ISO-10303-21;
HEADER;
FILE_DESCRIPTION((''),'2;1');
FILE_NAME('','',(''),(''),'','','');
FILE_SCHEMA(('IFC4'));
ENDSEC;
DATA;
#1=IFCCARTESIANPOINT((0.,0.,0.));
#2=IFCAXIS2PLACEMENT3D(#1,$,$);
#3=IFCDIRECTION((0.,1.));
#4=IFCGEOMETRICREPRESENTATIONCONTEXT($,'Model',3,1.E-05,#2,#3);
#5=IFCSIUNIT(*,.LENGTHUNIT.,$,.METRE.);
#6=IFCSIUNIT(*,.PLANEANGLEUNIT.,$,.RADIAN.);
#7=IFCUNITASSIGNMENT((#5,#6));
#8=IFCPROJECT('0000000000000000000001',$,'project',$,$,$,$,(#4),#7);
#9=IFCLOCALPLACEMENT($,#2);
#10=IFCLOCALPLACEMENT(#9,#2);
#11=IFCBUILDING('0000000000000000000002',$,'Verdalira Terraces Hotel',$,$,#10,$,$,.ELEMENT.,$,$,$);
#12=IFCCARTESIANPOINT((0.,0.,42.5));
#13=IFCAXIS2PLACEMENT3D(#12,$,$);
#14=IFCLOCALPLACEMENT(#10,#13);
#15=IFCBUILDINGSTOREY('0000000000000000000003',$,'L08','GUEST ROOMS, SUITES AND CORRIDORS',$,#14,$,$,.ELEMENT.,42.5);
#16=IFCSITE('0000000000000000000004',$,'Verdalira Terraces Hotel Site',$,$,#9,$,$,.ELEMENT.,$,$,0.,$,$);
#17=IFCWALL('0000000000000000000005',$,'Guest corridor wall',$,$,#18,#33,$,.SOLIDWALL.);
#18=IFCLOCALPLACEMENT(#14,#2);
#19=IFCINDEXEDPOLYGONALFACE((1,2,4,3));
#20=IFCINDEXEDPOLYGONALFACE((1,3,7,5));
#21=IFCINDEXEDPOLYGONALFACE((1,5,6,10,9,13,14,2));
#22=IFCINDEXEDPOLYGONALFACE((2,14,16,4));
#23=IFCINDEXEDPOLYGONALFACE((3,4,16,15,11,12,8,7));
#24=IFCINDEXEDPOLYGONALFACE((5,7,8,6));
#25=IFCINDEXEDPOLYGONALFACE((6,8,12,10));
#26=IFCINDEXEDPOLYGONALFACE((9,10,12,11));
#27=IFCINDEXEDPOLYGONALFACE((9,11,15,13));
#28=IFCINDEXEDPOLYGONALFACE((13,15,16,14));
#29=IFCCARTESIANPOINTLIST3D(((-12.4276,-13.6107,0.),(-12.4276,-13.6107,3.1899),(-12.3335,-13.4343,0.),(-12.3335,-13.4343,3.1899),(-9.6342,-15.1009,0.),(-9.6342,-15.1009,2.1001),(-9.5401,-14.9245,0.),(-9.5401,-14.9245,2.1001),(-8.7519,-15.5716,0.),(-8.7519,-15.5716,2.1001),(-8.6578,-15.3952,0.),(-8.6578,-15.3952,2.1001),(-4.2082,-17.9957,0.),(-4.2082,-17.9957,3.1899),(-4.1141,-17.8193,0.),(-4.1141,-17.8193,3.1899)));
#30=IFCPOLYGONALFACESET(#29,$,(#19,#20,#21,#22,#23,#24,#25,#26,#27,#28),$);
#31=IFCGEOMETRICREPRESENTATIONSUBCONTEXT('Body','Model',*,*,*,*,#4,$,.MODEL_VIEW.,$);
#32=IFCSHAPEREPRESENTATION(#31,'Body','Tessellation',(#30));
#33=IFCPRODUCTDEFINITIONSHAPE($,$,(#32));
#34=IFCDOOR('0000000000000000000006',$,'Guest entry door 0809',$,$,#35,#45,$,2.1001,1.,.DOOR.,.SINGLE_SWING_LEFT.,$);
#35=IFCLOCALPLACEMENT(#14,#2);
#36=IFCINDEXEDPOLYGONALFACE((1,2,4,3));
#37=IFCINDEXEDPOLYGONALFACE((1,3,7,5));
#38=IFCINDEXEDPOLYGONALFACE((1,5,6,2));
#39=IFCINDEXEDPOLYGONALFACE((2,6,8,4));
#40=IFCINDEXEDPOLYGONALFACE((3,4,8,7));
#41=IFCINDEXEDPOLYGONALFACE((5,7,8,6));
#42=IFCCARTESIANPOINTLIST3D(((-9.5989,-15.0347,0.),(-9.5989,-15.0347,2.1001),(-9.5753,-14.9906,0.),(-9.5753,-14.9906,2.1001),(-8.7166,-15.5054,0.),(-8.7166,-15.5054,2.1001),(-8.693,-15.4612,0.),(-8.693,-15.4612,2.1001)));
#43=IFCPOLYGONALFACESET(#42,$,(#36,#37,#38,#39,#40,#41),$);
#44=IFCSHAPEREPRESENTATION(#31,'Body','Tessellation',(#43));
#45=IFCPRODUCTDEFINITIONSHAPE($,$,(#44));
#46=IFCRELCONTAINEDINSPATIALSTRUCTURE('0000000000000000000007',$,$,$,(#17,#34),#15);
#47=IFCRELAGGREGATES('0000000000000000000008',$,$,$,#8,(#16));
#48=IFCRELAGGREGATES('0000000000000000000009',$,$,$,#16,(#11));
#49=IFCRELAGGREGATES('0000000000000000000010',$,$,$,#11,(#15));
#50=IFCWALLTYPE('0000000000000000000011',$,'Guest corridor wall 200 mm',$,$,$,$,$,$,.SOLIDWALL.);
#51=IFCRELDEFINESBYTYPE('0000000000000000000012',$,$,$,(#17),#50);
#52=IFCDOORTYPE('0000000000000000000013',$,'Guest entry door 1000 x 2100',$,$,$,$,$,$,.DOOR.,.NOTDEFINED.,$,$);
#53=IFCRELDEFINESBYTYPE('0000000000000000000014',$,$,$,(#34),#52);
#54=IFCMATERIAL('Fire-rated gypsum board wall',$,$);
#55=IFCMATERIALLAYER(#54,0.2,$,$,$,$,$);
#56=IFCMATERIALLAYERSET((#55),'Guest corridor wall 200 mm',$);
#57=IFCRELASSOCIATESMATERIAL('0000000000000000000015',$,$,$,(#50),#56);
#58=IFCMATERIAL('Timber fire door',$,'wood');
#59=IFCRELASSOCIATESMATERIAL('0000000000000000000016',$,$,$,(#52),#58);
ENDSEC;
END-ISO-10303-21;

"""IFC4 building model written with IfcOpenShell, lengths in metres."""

from ifc_helpers import new_model, si_unit, direction, frame, frame_2d, origin, place, context, subcontext, project, spatial, rectangle, extrude, material, layer, layer_set, type_object, element, fill, save


model = new_model("IFC4")

# Units and contexts
model_context = context("Model", 3, precision=1e-05, world=origin(), true_north=direction((0.0, 1.0)))
body_context = subcontext(model_context, "Body", "Model", "MODEL_VIEW")
ifc_project = project(units=[si_unit("LENGTHUNIT", "METRE"), si_unit("PLANEANGLEUNIT", "RADIAN")], contexts=[model_context])

# Site, building, storey
site_placement = place(None, origin())
site = spatial("IfcSite", under=ifc_project, at=site_placement, Name="Verdalira Terraces Hotel Site", CompositionType="ELEMENT", RefElevation=0.0)
building_placement = place(site_placement, origin())
building = spatial("IfcBuilding", under=site, at=building_placement, Name="Verdalira Terraces Hotel", CompositionType="ELEMENT")
storey_placement = place(building_placement, frame((0.0, 0.0, 42.5)))
storey = spatial("IfcBuildingStorey", under=building, at=storey_placement, Name="L08", Description="GUEST ROOMS, SUITES AND CORRIDORS", CompositionType="ELEMENT", Elevation=42.5)

# Wall, opening, door
ifc_material_1 = material(Name="Fire-rated gypsum board wall")
ifc_layer_1 = layer(ifc_material_1, 0.2)
ifc_layer_set_1 = layer_set([ifc_layer_1], Name="Guest corridor wall 200 mm")
wall_type_1 = type_object("IfcWallType", Name="Guest corridor wall 200 mm", PredefinedType="SOLIDWALL", material=ifc_layer_set_1)
wall_1_placement = place(storey_placement, frame((-4.1611, -17.9075, 0.0), z_axis=(0.0, 0.0, 1.0), x_axis=(-0.882296, 0.470696, 0.0)))
wall_1 = element("IfcWall", 1, at=wall_1_placement, inside=storey, type_object=wall_type_1, Name="Guest corridor wall", PredefinedType="SOLIDWALL", context=body_context, shape_type="SweptSolid", body=[
    extrude(rectangle(XDim=9.3159, YDim=0.2, at=frame_2d((4.658, 0.0))), origin(), (0.0, 0.0, 1.0), 3.1899),
])
opening_1_placement = place(wall_1_placement, frame((5.1499, 0.0, 0.0)))
opening_1 = element("IfcOpeningElement", 2, at=opening_1_placement, cuts=wall_1, PredefinedType="OPENING", context=body_context, shape_type="SweptSolid", body=[
    extrude(rectangle(XDim=1.0, YDim=2.1001, at=frame_2d((0.5, 1.05))), frame((0.0, 0.1099, 0.0), z_axis=(0.0, -1.0, 0.0), x_axis=(1.0, 0.0, 0.0)), (0.0, 0.0, 1.0), 0.22),
])
ifc_material_2 = material(Name="Timber fire door", Category="wood")
door_type_1 = type_object("IfcDoorType", Name="Guest entry door 1000 x 2100", OperationType="NOTDEFINED", PredefinedType="DOOR", material=ifc_material_2)
door_1_placement = place(opening_1_placement, origin())
door_1 = element("IfcDoor", 3, at=door_1_placement, inside=storey, type_object=door_type_1, Name="Guest entry door 0809", OperationType="SINGLE_SWING_LEFT", OverallHeight=2.1001, OverallWidth=1.0, PredefinedType="DOOR", context=body_context, shape_type="SweptSolid", body=[
    extrude(rectangle(XDim=1.0, YDim=2.1001, at=frame_2d((0.5, 1.05))), frame((0.0, 0.0249, 0.0), z_axis=(0.0, -1.0, 0.0), x_axis=(1.0, 0.0, 0.0)), (0.0, 0.0, 1.0), 0.05),
])
fill(opening_1, door_1)

save(model, "model.ifc")
